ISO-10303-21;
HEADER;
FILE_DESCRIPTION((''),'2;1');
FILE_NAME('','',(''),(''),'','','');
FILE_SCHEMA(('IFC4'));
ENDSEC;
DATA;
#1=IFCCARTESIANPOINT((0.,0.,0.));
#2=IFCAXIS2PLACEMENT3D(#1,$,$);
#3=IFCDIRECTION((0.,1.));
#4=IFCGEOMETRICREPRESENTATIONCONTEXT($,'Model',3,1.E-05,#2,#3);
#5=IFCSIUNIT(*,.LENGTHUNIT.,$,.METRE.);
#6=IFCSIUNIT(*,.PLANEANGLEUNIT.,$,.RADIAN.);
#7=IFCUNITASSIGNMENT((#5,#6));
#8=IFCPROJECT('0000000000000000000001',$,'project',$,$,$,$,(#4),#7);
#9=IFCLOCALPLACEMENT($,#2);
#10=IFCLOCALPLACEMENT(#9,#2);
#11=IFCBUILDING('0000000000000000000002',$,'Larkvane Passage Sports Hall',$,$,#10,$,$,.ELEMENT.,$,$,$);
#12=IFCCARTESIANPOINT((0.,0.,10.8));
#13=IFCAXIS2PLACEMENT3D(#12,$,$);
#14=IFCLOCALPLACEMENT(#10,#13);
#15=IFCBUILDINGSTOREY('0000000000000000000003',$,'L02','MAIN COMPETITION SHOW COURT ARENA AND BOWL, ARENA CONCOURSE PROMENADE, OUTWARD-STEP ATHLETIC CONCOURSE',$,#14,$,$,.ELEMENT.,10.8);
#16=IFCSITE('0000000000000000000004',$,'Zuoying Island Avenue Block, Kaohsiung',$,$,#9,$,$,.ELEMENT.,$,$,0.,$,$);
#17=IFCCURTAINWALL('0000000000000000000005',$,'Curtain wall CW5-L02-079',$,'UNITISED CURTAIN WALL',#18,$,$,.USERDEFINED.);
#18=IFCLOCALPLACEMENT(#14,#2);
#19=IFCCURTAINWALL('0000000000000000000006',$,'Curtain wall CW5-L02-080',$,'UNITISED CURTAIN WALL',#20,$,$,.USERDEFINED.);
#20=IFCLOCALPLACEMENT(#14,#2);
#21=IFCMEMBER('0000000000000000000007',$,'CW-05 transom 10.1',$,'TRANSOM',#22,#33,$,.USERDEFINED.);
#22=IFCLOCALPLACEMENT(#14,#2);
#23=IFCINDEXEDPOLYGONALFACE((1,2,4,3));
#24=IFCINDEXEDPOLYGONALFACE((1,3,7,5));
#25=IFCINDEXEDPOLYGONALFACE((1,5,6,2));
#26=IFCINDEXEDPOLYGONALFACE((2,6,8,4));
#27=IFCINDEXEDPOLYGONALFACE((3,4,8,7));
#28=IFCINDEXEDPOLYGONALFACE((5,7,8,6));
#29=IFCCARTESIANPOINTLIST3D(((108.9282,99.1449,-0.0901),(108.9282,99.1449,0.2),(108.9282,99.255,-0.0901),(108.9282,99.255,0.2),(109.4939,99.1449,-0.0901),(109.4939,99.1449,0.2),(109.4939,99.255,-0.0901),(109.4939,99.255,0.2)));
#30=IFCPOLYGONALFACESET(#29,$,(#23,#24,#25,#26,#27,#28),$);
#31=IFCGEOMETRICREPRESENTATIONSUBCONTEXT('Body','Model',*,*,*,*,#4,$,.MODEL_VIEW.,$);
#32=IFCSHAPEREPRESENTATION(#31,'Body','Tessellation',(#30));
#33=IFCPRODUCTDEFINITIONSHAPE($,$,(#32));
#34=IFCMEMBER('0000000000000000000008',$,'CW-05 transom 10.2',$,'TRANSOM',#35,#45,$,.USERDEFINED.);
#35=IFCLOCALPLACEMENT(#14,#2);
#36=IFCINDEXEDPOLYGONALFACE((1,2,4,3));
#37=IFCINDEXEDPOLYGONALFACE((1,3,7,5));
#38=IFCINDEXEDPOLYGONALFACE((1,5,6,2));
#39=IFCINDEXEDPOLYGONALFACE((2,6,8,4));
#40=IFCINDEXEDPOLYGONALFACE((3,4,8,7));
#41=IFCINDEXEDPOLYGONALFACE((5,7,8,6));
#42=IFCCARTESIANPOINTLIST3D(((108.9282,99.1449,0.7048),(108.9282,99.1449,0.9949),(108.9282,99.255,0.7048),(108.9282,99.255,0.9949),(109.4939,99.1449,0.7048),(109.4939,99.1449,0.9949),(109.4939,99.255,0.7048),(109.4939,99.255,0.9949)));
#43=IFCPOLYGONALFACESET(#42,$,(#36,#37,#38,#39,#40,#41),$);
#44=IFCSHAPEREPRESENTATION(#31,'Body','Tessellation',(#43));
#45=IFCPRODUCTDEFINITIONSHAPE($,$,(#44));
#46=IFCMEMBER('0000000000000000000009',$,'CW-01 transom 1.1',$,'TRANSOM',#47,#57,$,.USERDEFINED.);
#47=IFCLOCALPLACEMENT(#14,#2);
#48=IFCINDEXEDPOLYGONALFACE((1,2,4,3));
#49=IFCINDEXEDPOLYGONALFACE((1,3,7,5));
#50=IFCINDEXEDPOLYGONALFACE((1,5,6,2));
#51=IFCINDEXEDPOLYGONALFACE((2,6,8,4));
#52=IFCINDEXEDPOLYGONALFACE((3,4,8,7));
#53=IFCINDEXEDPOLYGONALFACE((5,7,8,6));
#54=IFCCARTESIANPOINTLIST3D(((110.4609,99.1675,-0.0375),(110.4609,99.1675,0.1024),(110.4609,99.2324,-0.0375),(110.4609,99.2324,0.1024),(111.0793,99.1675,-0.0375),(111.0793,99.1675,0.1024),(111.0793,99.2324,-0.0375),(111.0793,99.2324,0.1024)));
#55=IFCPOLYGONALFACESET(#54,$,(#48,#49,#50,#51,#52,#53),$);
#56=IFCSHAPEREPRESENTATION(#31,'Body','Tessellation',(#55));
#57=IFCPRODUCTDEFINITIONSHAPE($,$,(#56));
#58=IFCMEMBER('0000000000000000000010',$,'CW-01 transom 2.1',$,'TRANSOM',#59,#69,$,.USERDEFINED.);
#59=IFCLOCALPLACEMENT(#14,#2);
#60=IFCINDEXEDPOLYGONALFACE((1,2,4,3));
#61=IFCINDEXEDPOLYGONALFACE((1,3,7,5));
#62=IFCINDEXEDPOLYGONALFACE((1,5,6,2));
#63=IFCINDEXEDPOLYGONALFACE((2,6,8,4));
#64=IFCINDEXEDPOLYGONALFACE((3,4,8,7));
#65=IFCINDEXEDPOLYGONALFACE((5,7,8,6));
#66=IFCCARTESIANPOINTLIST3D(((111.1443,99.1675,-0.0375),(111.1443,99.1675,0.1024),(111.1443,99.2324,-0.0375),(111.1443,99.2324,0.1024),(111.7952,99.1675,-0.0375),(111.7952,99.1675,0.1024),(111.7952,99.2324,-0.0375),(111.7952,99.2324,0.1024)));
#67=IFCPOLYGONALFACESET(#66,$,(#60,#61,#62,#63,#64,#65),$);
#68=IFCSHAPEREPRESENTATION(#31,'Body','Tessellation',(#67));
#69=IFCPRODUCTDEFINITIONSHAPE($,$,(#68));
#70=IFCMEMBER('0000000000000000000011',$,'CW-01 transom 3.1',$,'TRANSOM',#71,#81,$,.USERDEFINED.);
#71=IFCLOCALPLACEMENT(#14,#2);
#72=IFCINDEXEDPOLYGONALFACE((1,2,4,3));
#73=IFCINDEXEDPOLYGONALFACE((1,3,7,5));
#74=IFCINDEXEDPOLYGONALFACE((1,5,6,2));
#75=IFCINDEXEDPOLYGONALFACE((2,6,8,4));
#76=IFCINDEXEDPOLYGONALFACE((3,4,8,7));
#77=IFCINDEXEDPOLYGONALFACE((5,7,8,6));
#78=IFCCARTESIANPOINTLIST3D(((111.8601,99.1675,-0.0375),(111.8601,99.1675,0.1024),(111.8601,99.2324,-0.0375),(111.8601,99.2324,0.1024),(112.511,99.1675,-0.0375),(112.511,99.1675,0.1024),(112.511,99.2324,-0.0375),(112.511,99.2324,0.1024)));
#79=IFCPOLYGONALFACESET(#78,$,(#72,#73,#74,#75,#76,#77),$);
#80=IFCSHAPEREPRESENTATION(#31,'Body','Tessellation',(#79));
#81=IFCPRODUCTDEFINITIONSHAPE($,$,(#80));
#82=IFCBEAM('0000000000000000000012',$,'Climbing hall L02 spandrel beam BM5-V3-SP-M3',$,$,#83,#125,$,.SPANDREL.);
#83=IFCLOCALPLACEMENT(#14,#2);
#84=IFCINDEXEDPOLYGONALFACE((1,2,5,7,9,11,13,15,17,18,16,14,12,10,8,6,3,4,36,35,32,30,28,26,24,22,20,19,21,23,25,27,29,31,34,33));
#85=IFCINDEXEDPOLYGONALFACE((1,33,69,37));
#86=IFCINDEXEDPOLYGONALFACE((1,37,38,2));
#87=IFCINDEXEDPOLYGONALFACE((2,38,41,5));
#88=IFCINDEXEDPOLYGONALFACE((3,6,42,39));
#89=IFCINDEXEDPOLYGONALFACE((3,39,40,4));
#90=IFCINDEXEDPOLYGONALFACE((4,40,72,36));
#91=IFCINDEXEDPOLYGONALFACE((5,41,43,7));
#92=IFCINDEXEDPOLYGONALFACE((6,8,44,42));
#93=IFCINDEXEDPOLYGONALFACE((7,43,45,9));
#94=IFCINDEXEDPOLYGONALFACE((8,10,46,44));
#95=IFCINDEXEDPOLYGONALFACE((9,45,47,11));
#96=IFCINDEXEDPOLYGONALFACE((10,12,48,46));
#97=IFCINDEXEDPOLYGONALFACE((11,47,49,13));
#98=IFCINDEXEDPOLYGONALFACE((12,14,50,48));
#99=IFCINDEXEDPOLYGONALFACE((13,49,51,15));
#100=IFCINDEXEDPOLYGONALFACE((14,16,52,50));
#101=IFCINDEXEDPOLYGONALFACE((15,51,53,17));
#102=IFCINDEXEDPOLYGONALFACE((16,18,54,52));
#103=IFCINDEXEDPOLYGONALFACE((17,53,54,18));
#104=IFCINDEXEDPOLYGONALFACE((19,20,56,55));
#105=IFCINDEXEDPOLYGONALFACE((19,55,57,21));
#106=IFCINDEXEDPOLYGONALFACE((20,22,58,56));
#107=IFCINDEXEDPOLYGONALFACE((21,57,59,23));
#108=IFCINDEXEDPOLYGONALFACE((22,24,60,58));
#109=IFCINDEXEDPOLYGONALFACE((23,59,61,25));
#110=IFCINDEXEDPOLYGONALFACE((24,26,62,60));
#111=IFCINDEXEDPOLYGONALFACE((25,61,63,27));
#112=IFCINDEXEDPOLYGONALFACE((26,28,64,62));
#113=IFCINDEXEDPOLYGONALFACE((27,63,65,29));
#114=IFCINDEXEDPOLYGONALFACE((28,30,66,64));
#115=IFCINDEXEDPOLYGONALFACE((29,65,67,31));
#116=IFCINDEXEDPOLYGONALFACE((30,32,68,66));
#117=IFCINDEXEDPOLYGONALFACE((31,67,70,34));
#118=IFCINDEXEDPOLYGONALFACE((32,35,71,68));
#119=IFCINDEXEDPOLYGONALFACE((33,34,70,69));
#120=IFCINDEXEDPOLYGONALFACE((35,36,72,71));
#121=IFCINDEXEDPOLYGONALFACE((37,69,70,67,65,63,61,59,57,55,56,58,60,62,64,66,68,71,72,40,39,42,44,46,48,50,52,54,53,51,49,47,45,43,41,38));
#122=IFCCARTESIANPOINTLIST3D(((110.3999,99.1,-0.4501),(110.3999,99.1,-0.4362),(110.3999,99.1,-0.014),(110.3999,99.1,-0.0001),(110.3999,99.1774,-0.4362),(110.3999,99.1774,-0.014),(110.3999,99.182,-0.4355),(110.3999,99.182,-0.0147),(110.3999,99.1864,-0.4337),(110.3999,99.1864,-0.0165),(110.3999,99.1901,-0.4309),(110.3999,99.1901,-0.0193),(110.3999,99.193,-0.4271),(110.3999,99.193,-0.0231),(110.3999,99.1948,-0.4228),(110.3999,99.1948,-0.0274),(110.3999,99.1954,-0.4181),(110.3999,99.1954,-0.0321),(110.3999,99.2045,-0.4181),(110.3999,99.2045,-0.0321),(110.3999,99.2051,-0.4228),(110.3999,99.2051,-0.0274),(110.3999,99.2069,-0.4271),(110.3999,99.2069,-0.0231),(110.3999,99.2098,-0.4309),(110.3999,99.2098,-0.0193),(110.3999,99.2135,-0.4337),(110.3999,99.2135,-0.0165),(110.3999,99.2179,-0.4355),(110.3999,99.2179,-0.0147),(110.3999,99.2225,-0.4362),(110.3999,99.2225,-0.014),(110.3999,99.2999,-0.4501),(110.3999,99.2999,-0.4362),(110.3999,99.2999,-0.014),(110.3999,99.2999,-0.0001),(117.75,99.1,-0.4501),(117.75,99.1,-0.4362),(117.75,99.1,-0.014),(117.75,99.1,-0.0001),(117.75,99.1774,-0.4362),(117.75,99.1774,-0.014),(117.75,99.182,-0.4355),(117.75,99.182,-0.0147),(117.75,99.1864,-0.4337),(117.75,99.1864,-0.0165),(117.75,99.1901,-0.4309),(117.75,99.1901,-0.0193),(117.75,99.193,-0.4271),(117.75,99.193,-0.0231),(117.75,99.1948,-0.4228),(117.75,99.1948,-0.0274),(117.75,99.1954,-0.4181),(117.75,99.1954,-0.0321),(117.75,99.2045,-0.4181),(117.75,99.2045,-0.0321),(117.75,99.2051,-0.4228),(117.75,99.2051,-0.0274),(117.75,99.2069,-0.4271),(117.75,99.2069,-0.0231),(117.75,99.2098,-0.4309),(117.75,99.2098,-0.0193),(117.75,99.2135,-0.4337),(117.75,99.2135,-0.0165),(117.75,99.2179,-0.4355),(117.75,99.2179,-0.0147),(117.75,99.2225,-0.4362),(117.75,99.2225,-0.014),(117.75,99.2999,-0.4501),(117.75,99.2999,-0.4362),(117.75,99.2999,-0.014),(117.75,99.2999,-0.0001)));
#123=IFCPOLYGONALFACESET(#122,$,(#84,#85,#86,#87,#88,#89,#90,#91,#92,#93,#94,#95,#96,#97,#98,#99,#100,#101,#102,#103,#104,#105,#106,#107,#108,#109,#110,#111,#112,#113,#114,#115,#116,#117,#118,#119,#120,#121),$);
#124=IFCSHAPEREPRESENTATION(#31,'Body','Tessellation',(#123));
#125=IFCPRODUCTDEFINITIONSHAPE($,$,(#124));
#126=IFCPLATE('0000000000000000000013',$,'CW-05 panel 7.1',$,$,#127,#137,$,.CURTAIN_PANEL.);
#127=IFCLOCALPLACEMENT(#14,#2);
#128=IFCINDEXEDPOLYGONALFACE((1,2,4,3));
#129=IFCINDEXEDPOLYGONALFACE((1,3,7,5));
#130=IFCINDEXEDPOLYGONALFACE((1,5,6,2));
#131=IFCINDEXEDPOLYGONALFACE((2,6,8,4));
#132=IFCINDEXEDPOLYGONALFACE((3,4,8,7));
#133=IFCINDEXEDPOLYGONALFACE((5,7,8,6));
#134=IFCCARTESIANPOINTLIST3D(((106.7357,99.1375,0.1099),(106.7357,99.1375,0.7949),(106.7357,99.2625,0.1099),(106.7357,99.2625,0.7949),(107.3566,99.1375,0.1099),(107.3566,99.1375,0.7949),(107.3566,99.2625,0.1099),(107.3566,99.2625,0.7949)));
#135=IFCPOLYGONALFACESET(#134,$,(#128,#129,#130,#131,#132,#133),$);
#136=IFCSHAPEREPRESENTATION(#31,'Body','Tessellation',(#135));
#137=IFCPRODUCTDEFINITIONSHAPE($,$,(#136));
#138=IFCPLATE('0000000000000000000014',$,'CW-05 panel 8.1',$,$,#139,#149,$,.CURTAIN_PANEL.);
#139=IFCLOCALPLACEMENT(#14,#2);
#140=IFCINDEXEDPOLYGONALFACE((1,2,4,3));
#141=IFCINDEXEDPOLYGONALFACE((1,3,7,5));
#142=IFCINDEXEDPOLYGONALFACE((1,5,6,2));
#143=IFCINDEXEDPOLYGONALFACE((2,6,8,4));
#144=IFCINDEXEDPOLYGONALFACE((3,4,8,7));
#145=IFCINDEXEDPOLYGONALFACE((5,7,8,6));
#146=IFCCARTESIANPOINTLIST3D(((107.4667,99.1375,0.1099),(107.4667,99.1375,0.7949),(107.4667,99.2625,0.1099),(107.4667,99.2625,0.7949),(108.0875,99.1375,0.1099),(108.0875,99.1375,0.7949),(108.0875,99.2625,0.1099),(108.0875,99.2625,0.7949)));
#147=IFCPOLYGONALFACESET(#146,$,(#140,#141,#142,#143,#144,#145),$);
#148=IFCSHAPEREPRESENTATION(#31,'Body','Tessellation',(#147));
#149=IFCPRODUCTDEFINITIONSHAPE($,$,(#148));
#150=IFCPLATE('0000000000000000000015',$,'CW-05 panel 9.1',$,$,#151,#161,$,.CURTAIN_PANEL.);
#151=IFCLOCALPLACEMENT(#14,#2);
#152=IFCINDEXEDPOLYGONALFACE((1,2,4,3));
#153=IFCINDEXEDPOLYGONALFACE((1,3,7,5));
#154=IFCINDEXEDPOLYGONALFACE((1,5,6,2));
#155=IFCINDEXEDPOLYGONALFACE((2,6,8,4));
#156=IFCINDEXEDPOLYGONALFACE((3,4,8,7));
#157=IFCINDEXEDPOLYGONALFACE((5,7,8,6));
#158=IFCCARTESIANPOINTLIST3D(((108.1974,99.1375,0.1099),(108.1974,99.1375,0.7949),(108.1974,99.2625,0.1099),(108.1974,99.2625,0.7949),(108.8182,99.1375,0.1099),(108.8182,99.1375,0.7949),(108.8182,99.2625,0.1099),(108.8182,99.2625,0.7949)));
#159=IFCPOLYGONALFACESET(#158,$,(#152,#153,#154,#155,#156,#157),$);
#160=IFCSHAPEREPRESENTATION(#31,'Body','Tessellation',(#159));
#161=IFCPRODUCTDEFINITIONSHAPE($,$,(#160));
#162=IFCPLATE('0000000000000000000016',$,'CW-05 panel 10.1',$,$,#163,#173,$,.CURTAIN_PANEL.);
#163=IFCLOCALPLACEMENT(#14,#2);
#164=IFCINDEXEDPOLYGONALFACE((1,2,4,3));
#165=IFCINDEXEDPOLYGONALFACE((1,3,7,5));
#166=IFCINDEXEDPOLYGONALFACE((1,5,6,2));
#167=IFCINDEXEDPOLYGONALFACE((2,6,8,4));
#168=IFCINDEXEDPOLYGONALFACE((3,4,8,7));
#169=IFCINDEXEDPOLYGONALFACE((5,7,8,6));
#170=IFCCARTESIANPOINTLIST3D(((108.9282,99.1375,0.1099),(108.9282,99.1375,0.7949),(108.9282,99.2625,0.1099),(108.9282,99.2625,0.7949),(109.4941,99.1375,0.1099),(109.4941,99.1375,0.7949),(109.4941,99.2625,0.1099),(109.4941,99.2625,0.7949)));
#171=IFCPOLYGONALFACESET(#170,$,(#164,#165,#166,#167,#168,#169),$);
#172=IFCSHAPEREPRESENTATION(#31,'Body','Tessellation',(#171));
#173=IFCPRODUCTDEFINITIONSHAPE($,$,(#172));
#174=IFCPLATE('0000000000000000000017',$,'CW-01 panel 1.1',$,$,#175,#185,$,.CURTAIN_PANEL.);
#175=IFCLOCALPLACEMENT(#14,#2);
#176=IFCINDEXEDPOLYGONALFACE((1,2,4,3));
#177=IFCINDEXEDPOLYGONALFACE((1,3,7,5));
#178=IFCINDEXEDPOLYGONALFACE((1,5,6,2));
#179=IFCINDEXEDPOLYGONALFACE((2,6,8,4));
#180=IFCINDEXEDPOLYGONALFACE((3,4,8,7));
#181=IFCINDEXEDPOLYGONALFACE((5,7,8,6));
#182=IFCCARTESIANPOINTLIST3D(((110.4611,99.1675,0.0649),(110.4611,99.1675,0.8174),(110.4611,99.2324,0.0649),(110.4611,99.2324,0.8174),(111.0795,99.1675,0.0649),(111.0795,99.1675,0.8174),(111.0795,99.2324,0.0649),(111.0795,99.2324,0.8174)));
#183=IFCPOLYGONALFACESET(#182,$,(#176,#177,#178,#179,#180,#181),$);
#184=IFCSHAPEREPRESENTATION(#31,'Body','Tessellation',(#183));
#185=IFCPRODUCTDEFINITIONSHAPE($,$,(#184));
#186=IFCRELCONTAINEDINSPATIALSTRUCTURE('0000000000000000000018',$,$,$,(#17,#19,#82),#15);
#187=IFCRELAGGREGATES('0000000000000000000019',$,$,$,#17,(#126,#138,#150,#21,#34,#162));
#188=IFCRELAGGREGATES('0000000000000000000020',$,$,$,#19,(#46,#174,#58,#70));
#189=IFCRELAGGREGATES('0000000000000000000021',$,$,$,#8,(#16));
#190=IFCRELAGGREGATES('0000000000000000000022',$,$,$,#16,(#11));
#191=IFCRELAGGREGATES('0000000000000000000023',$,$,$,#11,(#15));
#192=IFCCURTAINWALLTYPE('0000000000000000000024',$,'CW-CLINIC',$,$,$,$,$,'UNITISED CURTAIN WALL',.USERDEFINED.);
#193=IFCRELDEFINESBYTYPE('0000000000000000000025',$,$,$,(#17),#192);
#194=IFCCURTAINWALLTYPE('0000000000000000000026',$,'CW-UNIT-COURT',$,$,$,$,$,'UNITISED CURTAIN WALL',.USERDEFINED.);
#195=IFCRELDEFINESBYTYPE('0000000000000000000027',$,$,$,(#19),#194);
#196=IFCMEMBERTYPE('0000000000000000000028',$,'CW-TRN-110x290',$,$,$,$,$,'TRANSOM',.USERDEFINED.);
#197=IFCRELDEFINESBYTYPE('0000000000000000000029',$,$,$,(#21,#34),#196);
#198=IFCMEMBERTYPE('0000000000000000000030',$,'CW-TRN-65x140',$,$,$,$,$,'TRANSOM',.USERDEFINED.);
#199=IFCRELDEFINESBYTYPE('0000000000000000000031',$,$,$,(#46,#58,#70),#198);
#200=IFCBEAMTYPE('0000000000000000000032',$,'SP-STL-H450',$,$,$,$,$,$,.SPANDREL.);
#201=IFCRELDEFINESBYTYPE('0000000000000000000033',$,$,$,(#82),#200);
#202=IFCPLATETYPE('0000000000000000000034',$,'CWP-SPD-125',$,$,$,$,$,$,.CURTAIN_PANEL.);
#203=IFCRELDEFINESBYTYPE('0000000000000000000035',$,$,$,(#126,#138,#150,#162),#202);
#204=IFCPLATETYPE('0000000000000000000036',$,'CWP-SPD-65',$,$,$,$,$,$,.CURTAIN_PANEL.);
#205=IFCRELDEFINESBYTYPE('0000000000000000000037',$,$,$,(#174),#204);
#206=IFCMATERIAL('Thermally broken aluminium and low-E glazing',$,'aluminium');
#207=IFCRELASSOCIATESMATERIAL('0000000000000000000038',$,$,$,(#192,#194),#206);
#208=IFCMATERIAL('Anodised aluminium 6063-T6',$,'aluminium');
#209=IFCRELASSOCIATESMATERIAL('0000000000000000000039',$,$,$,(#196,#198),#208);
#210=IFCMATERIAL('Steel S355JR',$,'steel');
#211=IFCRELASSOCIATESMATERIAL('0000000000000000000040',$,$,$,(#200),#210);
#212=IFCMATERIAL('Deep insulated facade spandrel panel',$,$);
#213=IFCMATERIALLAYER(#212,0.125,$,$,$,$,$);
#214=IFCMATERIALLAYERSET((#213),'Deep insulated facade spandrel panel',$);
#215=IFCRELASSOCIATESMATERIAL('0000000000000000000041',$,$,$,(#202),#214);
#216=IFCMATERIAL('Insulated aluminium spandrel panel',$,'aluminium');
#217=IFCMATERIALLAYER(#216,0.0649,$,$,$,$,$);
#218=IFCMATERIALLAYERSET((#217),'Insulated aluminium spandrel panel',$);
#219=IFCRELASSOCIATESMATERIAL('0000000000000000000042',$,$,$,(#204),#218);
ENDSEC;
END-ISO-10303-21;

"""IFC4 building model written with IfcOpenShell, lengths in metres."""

from ifc_helpers import new_model, si_unit, direction, frame, origin, origin_2d, place, context, subcontext, project, spatial, rectangle, i_section, extrude, material, layer, layer_set, material_profile, profile_set, type_object, element, aggregate, save


model = new_model("IFC4")

# Units and contexts
model_context = context("Model", 3, precision=1e-05, world=origin(), true_north=direction((0.0, 1.0)))
body_context = subcontext(model_context, "Body", "Model", "MODEL_VIEW")
ifc_project = project(units=[si_unit("LENGTHUNIT", "METRE"), si_unit("PLANEANGLEUNIT", "RADIAN")], contexts=[model_context])

# Site, building, storey
site_placement = place(None, origin())
site = spatial("IfcSite", under=ifc_project, at=site_placement, Name="Zuoying Island Avenue Block, Kaohsiung", CompositionType="ELEMENT", RefElevation=0.0)
building_placement = place(site_placement, origin())
building = spatial("IfcBuilding", under=site, at=building_placement, Name="Larkvane Passage Sports Hall", CompositionType="ELEMENT")
storey_placement = place(building_placement, frame((0.0, 0.0, 10.8)))
storey = spatial("IfcBuildingStorey", under=building, at=storey_placement, Name="L02", Description="MAIN COMPETITION SHOW COURT ARENA AND BOWL, ARENA CONCOURSE PROMENADE, OUTWARD-STEP ATHLETIC CONCOURSE", CompositionType="ELEMENT", Elevation=10.8)

# Curtain walls
ifc_material_1 = material(Name="Thermally broken aluminium and low-E glazing", Category="aluminium")
curtain_wall_type_1 = type_object("IfcCurtainWallType", Name="CW-CLINIC", ElementType="UNITISED CURTAIN WALL", PredefinedType="USERDEFINED", material=ifc_material_1)
curtain_wall_1_placement = place(storey_placement, origin())
curtain_wall_1 = element("IfcCurtainWall", 1, at=curtain_wall_1_placement, inside=storey, type_object=curtain_wall_type_1, Name="Curtain wall CW5-L02-079", ObjectType="UNITISED CURTAIN WALL", PredefinedType="USERDEFINED")
ifc_material_2 = material(Name="Anodised aluminium 6063-T6", Category="aluminium")
curtain_wall_type_2 = type_object("IfcCurtainWallType", Name="CW-UNIT-COURT", ElementType="UNITISED CURTAIN WALL", PredefinedType="USERDEFINED", material=ifc_material_1)
curtain_wall_2_placement = place(storey_placement, origin())
curtain_wall_2 = element("IfcCurtainWall", 2, at=curtain_wall_2_placement, inside=storey, type_object=curtain_wall_type_2, Name="Curtain wall CW5-L02-080", ObjectType="UNITISED CURTAIN WALL", PredefinedType="USERDEFINED")

# Members
ifc_material_profile_1 = material_profile(ifc_material_2, rectangle(XDim=0.1101, YDim=0.29, at=origin_2d()), Name="ALU-TRN-110x290")
ifc_profile_set_1 = profile_set([ifc_material_profile_1], Name="Anodised aluminium 6063-T6")
member_type_1 = type_object("IfcMemberType", Name="CW-TRN-110x290", ElementType="TRANSOM", PredefinedType="USERDEFINED", material=ifc_profile_set_1)
member_1_placement = place(storey_placement, frame((108.9282, 99.2, 0.0549), z_axis=(1.0, 0.0, 0.0), x_axis=(0.0, 1.0, 0.0)))
member_1 = element("IfcMember", 3, at=member_1_placement, type_object=member_type_1, Name="CW-05 transom 10.1", ObjectType="TRANSOM", PredefinedType="USERDEFINED", context=body_context, shape_type="SweptSolid", body=[
    extrude(rectangle(XDim=0.1101, YDim=0.29, at=origin_2d()), origin(), (0.0, 0.0, 1.0), 0.5657),
])
member_2_placement = place(storey_placement, frame((108.9282, 99.2, 0.8499), z_axis=(1.0, 0.0, 0.0), x_axis=(0.0, 1.0, 0.0)))
member_2 = element("IfcMember", 4, at=member_2_placement, type_object=member_type_1, Name="CW-05 transom 10.2", ObjectType="TRANSOM", PredefinedType="USERDEFINED", context=body_context, shape_type="SweptSolid", body=[
    extrude(rectangle(XDim=0.1101, YDim=0.29, at=origin_2d()), origin(), (0.0, 0.0, 1.0), 0.5657),
])
ifc_material_profile_2 = material_profile(ifc_material_2, rectangle(XDim=0.0649, YDim=0.1399, at=origin_2d()), Name="ALU-TRN-65x140")
ifc_profile_set_2 = profile_set([ifc_material_profile_2], Name="Anodised aluminium 6063-T6")
member_type_2 = type_object("IfcMemberType", Name="CW-TRN-65x140", ElementType="TRANSOM", PredefinedType="USERDEFINED", material=ifc_profile_set_2)
member_3_placement = place(storey_placement, frame((110.4609, 99.2, 0.0325), z_axis=(1.0, 0.0, 0.0), x_axis=(0.0, 1.0, 0.0)))
member_3 = element("IfcMember", 5, at=member_3_placement, type_object=member_type_2, Name="CW-01 transom 1.1", ObjectType="TRANSOM", PredefinedType="USERDEFINED", context=body_context, shape_type="SweptSolid", body=[
    extrude(rectangle(XDim=0.0649, YDim=0.1399, at=origin_2d()), origin(), (0.0, 0.0, 1.0), 0.6184),
])
member_4_placement = place(storey_placement, frame((111.1443, 99.2, 0.0325), z_axis=(1.0, 0.0, 0.0), x_axis=(0.0, 1.0, 0.0)))
member_4 = element("IfcMember", 6, at=member_4_placement, type_object=member_type_2, Name="CW-01 transom 2.1", ObjectType="TRANSOM", PredefinedType="USERDEFINED", context=body_context, shape_type="SweptSolid", body=[
    extrude(rectangle(XDim=0.0649, YDim=0.1399, at=origin_2d()), origin(), (0.0, 0.0, 1.0), 0.6509),
])
member_5_placement = place(storey_placement, frame((111.8601, 99.2, 0.0325), z_axis=(1.0, 0.0, 0.0), x_axis=(0.0, 1.0, 0.0)))
member_5 = element("IfcMember", 7, at=member_5_placement, type_object=member_type_2, Name="CW-01 transom 3.1", ObjectType="TRANSOM", PredefinedType="USERDEFINED", context=body_context, shape_type="SweptSolid", body=[
    extrude(rectangle(XDim=0.0649, YDim=0.1399, at=origin_2d()), origin(), (0.0, 0.0, 1.0), 0.6509),
])

# Beam
ifc_material_3 = material(Name="Steel S355JR", Category="steel")
ifc_material_profile_3 = material_profile(ifc_material_3, i_section(OverallWidth=0.2, OverallDepth=0.45, WebThickness=0.009, FlangeThickness=0.0139, FilletRadius=0.0181, at=origin_2d()), Name="H-450x200x9x14")
ifc_profile_set_3 = profile_set([ifc_material_profile_3], Name="Steel S355JR")
beam_type = type_object("IfcBeamType", Name="SP-STL-H450", PredefinedType="SPANDREL", material=ifc_profile_set_3)
beam_placement = place(storey_placement, frame((110.3999, 99.2, -0.2251), z_axis=(1.0, 0.0, 0.0), x_axis=(0.0, 1.0, 0.0)))
element("IfcBeam", 8, at=beam_placement, inside=storey, type_object=beam_type, Name="Climbing hall L02 spandrel beam BM5-V3-SP-M3", PredefinedType="SPANDREL", context=body_context, shape_type="SweptSolid", body=[
    extrude(i_section(OverallWidth=0.2, OverallDepth=0.45, WebThickness=0.009, FlangeThickness=0.0139, FilletRadius=0.0181, at=origin_2d()), origin(), (0.0, 0.0, 1.0), 7.3501),
])

# Plates
ifc_material_4 = material(Name="Deep insulated facade spandrel panel")
ifc_layer_1 = layer(ifc_material_4, 0.125)
ifc_layer_set_1 = layer_set([ifc_layer_1], Name="Deep insulated facade spandrel panel")
plate_type_1 = type_object("IfcPlateType", Name="CWP-SPD-125", PredefinedType="CURTAIN_PANEL", material=ifc_layer_set_1)
plate_1_placement = place(storey_placement, frame((107.0461, 99.2, 0.1099), z_axis=(0.0, 0.0, 1.0), x_axis=(1.0, 0.0, 0.0)))
plate_1 = element("IfcPlate", 9, at=plate_1_placement, type_object=plate_type_1, Name="CW-05 panel 7.1", PredefinedType="CURTAIN_PANEL", context=body_context, shape_type="SweptSolid", body=[
    extrude(rectangle(XDim=0.6208, YDim=0.125, at=origin_2d()), origin(), (0.0, 0.0, 1.0), 0.6851),
])
plate_2_placement = place(storey_placement, frame((107.7771, 99.2, 0.1099), z_axis=(0.0, 0.0, 1.0), x_axis=(1.0, 0.0, 0.0)))
plate_2 = element("IfcPlate", 10, at=plate_2_placement, type_object=plate_type_1, Name="CW-05 panel 8.1", PredefinedType="CURTAIN_PANEL", context=body_context, shape_type="SweptSolid", body=[
    extrude(rectangle(XDim=0.6208, YDim=0.125, at=origin_2d()), origin(), (0.0, 0.0, 1.0), 0.6851),
])
plate_3_placement = place(storey_placement, frame((108.5078, 99.2, 0.1099), z_axis=(0.0, 0.0, 1.0), x_axis=(1.0, 0.0, 0.0)))
plate_3 = element("IfcPlate", 11, at=plate_3_placement, type_object=plate_type_1, Name="CW-05 panel 9.1", PredefinedType="CURTAIN_PANEL", context=body_context, shape_type="SweptSolid", body=[
    extrude(rectangle(XDim=0.6208, YDim=0.125, at=origin_2d()), origin(), (0.0, 0.0, 1.0), 0.6851),
])
plate_4_placement = place(storey_placement, frame((109.2112, 99.2, 0.1099), z_axis=(0.0, 0.0, 1.0), x_axis=(1.0, 0.0, 0.0)))
plate_4 = element("IfcPlate", 12, at=plate_4_placement, type_object=plate_type_1, Name="CW-05 panel 10.1", PredefinedType="CURTAIN_PANEL", context=body_context, shape_type="SweptSolid", body=[
    extrude(rectangle(XDim=0.5659, YDim=0.125, at=origin_2d()), origin(), (0.0, 0.0, 1.0), 0.6851),
])
aggregate(curtain_wall_1, [plate_1, plate_2, plate_3, member_1, member_2, plate_4])
ifc_material_5 = material(Name="Insulated aluminium spandrel panel", Category="aluminium")
ifc_layer_2 = layer(ifc_material_5, 0.0649)
ifc_layer_set_2 = layer_set([ifc_layer_2], Name="Insulated aluminium spandrel panel")
plate_type_2 = type_object("IfcPlateType", Name="CWP-SPD-65", PredefinedType="CURTAIN_PANEL", material=ifc_layer_set_2)
plate_5_placement = place(storey_placement, frame((110.7703, 99.2, 0.0649), z_axis=(0.0, 0.0, 1.0), x_axis=(1.0, 0.0, 0.0)))
plate_5 = element("IfcPlate", 13, at=plate_5_placement, type_object=plate_type_2, Name="CW-01 panel 1.1", PredefinedType="CURTAIN_PANEL", context=body_context, shape_type="SweptSolid", body=[
    extrude(rectangle(XDim=0.6184, YDim=0.0649, at=origin_2d()), origin(), (0.0, 0.0, 1.0), 0.7524),
])
aggregate(curtain_wall_2, [member_3, plate_5, member_4, member_5])

save(model, "model.ifc")
